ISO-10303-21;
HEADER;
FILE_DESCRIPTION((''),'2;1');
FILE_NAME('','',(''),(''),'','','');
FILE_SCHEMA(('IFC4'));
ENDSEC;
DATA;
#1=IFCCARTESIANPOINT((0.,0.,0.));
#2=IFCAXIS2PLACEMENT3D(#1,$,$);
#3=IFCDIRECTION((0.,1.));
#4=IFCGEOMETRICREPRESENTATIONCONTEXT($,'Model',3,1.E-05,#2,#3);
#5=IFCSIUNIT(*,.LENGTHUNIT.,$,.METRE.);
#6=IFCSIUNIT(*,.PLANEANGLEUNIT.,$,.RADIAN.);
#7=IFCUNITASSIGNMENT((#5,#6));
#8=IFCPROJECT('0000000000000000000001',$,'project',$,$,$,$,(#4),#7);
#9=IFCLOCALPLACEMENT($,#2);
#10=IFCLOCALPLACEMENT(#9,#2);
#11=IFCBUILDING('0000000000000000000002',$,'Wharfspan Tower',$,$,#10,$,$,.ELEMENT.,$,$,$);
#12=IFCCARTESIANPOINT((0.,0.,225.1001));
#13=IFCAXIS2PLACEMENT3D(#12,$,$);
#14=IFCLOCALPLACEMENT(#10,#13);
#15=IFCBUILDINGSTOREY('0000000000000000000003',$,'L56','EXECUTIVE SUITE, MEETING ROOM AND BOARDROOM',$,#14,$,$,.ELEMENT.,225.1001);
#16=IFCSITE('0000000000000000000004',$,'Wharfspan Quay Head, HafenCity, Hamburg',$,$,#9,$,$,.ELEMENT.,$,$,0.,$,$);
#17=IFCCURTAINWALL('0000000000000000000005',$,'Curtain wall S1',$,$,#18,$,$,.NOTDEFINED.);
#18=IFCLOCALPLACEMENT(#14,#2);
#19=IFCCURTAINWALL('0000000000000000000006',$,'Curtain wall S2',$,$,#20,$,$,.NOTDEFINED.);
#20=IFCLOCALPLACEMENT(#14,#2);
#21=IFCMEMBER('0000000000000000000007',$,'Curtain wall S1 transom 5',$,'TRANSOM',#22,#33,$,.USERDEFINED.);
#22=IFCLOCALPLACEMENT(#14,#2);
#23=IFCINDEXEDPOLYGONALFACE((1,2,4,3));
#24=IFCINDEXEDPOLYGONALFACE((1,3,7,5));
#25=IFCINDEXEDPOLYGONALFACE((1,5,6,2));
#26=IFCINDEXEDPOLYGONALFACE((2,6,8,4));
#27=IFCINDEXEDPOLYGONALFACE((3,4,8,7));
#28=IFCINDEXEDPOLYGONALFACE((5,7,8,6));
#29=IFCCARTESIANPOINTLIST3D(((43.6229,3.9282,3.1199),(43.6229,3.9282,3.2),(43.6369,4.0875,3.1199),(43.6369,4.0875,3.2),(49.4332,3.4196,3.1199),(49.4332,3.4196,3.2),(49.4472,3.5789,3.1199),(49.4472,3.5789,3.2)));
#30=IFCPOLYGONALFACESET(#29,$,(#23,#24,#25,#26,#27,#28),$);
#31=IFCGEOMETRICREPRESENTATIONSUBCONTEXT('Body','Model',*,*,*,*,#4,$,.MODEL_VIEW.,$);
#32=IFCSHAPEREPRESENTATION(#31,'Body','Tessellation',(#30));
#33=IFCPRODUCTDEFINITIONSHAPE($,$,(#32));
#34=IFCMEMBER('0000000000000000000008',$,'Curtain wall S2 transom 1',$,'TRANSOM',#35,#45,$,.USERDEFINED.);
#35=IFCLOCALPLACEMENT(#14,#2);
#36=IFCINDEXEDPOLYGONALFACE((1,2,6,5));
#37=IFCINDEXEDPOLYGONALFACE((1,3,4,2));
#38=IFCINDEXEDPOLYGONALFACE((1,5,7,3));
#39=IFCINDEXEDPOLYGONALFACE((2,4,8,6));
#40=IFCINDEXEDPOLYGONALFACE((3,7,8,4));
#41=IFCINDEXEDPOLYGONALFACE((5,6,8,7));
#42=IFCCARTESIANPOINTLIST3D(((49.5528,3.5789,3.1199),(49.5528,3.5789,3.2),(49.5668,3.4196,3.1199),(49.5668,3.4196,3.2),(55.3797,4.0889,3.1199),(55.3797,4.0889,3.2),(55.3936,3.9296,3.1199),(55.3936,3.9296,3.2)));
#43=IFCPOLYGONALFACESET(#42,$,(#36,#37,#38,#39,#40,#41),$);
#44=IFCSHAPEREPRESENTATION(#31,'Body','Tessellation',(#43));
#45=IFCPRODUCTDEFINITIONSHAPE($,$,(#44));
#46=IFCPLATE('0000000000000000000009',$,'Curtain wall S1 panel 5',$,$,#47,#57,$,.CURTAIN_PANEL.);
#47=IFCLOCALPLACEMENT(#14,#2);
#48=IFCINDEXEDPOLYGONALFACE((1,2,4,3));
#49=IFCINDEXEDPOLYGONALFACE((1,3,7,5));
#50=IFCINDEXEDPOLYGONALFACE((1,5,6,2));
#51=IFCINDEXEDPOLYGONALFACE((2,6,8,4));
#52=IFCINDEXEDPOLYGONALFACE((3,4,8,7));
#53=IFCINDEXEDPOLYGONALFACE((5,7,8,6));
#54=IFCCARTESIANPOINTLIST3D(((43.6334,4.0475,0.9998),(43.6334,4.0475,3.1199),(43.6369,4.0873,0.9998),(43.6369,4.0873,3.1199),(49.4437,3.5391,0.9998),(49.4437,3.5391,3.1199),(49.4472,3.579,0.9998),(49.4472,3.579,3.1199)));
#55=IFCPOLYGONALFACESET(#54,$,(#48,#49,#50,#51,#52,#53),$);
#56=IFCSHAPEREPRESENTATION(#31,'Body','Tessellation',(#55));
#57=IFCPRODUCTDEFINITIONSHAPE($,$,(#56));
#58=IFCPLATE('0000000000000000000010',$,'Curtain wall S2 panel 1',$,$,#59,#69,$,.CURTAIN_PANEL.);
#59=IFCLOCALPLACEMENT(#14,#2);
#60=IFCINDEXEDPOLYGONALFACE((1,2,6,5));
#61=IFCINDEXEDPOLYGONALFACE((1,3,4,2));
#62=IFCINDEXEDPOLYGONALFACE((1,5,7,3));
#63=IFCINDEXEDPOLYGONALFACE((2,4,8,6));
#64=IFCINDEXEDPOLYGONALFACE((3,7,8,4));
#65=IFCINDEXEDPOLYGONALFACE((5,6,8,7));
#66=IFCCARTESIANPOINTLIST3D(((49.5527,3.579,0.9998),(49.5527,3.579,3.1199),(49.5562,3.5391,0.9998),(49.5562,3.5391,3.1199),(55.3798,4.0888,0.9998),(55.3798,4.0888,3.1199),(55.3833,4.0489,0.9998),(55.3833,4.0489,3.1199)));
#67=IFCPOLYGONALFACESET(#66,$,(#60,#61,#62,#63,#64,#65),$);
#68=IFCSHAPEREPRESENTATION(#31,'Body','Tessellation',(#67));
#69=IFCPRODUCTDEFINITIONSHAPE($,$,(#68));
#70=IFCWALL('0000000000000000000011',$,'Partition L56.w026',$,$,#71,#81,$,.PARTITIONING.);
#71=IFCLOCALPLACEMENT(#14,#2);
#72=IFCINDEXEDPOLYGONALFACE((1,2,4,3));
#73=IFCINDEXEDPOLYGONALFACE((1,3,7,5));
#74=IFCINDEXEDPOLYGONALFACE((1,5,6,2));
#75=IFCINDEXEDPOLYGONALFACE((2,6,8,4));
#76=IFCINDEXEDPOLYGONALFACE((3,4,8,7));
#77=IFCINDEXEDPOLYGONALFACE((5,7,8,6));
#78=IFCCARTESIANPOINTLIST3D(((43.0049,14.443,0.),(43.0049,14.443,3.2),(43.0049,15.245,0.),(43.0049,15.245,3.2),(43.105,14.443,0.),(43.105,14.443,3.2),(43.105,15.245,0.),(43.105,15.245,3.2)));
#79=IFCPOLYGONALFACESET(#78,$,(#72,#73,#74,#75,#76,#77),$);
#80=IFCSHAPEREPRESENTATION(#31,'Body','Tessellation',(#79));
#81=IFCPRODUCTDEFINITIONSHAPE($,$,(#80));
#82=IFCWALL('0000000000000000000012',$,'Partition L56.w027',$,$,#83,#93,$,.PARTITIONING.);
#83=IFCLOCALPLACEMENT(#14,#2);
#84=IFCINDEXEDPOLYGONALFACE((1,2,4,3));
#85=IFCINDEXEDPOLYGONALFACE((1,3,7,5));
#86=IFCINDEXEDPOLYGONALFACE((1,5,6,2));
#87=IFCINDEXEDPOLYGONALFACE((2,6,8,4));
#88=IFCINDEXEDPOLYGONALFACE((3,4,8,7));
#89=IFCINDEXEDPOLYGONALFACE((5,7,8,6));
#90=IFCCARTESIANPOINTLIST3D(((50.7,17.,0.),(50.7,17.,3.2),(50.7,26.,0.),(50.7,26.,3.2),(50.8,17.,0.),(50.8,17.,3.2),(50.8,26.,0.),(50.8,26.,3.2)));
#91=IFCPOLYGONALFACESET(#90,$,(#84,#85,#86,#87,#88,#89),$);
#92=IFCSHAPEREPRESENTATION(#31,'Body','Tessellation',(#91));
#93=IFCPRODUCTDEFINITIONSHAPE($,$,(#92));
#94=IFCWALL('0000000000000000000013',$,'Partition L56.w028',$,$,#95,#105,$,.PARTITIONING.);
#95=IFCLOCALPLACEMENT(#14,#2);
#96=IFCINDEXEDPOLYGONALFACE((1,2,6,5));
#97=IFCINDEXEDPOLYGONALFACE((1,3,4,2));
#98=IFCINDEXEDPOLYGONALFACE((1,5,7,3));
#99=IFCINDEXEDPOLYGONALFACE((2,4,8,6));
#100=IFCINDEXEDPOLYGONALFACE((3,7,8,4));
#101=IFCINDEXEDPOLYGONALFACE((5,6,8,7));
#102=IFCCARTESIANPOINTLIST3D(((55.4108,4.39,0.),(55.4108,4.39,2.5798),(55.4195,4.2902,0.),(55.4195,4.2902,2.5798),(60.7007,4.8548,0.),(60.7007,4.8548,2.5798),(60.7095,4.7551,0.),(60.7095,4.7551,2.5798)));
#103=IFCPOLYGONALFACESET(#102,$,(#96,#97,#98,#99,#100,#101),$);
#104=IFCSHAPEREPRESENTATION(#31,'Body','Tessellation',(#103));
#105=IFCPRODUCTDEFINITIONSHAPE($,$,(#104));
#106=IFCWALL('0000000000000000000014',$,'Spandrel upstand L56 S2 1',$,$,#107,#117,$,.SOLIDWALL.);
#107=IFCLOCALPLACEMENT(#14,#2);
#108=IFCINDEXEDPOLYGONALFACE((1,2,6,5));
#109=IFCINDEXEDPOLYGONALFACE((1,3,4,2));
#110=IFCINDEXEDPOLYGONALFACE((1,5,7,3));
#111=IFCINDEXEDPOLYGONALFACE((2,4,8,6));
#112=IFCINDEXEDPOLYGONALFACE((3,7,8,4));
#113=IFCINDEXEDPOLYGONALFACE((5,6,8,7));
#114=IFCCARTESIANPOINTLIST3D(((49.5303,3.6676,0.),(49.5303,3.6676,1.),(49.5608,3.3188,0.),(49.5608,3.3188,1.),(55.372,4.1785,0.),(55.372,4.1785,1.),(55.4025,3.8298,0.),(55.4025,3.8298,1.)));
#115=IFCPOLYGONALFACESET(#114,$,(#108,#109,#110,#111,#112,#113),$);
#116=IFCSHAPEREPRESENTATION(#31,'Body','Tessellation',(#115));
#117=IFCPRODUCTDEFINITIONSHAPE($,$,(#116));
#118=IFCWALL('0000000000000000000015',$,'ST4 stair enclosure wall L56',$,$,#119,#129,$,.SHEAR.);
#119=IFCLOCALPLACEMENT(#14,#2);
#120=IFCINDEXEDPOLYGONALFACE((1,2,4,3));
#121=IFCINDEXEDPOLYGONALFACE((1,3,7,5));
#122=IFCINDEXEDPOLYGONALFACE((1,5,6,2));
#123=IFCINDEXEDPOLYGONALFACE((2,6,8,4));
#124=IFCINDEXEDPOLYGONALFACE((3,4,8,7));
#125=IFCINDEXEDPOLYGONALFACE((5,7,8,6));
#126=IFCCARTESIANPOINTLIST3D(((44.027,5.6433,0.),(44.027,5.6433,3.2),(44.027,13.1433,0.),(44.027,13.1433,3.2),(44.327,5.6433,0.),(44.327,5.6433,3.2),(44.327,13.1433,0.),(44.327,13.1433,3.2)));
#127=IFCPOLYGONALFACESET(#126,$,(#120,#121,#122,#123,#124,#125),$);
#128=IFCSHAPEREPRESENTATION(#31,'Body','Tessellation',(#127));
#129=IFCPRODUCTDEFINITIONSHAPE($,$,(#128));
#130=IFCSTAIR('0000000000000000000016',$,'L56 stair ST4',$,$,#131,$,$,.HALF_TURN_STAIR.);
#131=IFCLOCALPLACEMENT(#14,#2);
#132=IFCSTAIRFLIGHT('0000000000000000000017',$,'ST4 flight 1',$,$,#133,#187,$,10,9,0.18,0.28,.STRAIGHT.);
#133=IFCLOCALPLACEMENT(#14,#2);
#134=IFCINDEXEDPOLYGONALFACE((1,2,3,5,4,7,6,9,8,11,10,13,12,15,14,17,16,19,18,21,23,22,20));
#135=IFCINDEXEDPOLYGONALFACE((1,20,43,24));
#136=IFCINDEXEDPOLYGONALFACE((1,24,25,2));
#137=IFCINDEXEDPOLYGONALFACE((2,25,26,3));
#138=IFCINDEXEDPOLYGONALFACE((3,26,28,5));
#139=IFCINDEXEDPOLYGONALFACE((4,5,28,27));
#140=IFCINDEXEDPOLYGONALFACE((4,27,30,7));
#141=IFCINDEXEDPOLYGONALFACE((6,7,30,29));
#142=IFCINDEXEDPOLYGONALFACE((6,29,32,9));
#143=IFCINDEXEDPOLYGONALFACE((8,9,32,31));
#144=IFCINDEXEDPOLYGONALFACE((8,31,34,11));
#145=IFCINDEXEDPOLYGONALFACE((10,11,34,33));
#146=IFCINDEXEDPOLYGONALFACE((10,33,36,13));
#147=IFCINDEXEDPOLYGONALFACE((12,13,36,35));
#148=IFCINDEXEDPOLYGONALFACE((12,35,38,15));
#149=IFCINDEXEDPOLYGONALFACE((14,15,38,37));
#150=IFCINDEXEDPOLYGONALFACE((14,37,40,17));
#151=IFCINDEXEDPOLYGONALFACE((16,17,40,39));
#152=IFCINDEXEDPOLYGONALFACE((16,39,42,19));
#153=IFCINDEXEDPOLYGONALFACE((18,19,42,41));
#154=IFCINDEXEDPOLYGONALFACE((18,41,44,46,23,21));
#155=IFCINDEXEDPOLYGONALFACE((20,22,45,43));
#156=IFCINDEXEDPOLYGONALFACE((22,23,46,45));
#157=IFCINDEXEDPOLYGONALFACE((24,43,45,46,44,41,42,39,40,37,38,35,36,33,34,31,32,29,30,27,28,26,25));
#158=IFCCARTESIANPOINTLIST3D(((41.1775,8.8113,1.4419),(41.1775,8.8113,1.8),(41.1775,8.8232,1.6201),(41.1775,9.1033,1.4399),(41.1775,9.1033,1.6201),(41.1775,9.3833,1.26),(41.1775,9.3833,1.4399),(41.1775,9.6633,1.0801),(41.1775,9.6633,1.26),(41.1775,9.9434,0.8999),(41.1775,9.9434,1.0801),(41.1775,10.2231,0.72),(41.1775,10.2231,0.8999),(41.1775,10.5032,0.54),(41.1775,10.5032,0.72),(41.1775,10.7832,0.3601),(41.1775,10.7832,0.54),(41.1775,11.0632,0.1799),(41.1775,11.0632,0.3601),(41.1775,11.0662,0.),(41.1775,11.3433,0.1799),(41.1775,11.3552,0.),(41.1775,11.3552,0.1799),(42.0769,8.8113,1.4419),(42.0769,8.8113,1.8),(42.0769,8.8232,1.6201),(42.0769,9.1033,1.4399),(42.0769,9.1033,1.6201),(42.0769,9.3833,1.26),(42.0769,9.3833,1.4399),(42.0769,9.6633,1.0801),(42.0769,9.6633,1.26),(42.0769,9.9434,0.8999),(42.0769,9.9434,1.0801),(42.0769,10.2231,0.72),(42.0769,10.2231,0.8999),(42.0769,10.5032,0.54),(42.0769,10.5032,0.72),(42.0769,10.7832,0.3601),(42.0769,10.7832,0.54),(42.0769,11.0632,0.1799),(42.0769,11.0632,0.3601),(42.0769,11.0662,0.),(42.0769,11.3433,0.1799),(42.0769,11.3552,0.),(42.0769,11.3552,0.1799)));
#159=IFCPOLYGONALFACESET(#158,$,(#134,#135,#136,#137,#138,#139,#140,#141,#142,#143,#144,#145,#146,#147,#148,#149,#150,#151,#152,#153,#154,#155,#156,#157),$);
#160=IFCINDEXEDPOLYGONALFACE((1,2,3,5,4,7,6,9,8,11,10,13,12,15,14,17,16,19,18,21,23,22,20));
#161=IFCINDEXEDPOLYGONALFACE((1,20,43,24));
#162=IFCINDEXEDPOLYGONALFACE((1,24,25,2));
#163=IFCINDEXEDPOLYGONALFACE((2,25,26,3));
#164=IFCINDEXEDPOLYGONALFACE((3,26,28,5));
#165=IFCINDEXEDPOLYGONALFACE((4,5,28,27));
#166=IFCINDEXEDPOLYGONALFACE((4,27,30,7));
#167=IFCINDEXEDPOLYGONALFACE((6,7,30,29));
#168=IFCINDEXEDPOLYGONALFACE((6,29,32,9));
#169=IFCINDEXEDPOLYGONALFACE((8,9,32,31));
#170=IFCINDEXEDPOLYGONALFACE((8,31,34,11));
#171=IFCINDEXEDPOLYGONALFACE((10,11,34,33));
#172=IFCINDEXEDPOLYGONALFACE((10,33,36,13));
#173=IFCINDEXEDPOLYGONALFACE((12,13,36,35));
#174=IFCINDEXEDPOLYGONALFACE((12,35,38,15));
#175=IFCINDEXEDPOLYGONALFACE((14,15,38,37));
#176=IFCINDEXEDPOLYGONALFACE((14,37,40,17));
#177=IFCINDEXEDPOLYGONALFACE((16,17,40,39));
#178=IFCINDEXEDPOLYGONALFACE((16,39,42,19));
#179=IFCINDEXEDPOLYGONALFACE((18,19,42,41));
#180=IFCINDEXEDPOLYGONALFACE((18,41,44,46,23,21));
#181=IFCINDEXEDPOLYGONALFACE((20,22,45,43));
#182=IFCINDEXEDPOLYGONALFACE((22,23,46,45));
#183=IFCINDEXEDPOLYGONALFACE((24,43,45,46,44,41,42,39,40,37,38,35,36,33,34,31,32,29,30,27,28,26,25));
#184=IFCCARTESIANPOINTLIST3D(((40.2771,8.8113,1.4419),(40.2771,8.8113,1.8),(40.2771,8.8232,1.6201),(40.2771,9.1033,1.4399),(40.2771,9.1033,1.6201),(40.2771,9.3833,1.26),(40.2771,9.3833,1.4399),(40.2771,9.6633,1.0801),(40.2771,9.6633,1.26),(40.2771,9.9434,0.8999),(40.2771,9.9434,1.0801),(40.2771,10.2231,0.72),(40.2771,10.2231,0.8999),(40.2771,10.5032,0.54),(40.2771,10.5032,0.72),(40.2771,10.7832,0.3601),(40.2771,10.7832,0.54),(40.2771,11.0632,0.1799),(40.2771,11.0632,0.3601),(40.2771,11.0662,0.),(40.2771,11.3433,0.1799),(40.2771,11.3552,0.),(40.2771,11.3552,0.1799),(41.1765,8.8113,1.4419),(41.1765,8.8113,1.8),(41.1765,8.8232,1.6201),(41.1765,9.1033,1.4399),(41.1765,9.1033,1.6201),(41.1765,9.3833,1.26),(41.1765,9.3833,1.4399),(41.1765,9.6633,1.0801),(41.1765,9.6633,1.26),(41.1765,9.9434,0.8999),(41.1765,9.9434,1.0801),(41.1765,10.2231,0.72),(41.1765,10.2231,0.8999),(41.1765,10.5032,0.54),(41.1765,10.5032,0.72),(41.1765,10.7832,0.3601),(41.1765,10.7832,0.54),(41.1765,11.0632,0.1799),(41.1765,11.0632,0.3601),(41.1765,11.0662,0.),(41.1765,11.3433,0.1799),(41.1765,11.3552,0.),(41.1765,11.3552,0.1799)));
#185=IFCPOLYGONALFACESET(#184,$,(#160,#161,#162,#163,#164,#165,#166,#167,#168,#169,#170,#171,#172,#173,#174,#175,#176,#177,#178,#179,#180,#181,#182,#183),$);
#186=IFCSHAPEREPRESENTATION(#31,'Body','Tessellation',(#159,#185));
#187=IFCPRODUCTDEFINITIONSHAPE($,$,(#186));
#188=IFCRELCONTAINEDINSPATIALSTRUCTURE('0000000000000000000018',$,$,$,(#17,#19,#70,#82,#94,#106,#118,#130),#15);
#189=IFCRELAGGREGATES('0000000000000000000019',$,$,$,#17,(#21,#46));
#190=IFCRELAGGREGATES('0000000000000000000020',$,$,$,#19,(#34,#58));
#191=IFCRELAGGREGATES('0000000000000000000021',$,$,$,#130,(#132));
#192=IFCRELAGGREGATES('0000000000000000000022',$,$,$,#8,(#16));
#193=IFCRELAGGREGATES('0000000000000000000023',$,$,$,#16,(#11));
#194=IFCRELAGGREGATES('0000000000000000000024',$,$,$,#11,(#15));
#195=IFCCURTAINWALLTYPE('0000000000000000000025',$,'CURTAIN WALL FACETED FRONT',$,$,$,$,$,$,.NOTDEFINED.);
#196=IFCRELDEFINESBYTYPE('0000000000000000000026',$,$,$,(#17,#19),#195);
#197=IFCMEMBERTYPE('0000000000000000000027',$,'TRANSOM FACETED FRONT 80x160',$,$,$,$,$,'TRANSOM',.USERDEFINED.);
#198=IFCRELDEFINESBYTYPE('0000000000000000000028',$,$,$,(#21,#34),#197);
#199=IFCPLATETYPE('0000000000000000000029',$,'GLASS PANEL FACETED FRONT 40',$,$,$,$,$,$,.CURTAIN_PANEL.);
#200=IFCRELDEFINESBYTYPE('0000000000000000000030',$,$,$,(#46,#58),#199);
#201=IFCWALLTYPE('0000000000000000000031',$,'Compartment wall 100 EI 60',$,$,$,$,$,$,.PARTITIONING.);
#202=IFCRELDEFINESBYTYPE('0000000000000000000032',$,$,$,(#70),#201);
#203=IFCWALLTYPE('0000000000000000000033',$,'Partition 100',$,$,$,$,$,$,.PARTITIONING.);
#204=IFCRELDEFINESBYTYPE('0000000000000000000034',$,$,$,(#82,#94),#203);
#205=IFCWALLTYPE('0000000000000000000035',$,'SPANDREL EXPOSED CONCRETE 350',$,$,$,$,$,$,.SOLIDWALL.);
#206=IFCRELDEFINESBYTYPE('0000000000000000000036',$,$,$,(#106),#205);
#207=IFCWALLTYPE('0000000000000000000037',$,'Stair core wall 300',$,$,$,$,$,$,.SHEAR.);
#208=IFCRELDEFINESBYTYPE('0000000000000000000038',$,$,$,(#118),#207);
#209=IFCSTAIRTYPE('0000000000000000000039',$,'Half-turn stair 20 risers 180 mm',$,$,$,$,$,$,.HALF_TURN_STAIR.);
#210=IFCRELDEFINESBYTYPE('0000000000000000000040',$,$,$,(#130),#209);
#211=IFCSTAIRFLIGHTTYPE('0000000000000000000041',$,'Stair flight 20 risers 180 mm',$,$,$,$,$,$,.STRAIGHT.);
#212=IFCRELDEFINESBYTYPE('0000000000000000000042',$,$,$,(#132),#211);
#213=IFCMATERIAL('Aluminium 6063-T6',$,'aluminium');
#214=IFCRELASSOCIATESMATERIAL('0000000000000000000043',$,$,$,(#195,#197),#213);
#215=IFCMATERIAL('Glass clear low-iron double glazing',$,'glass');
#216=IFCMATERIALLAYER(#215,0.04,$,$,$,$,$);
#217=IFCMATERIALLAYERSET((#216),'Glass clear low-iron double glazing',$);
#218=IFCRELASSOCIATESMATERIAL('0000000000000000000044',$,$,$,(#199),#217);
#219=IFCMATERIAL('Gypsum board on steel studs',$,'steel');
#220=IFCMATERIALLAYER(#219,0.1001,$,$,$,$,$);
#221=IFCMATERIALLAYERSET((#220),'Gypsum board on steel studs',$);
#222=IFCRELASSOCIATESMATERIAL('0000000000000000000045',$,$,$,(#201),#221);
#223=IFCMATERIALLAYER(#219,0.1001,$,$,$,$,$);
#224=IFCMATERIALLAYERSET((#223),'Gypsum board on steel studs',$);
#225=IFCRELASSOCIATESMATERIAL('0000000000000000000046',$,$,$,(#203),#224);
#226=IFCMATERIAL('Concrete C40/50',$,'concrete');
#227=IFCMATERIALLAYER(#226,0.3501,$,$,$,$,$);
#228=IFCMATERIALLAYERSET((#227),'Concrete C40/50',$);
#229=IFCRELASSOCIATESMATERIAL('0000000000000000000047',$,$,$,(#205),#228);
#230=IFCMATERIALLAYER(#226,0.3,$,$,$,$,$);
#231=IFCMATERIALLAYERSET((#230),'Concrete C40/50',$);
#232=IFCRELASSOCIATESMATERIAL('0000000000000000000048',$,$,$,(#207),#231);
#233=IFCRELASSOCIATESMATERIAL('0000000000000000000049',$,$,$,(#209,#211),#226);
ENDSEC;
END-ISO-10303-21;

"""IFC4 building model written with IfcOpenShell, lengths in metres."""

from ifc_helpers import new_model, si_unit, direction, frame, frame_2d, origin, origin_2d, place, context, subcontext, project, spatial, polyline, rectangle, outline, extrude, material, layer, layer_set, material_profile, profile_set, type_object, element, aggregate, save


model = new_model("IFC4")

# Units and contexts
model_context = context("Model", 3, precision=1e-05, world=origin(), true_north=direction((0.0, 1.0)))
body_context = subcontext(model_context, "Body", "Model", "MODEL_VIEW")
ifc_project = project(units=[si_unit("LENGTHUNIT", "METRE"), si_unit("PLANEANGLEUNIT", "RADIAN")], contexts=[model_context])

# Site, building, storey
site_placement = place(None, origin())
site = spatial("IfcSite", under=ifc_project, at=site_placement, Name="Wharfspan Quay Head, HafenCity, Hamburg", CompositionType="ELEMENT", RefElevation=0.0)
building_placement = place(site_placement, origin())
building = spatial("IfcBuilding", under=site, at=building_placement, Name="Wharfspan Tower", CompositionType="ELEMENT")
storey_placement = place(building_placement, frame((0.0, 0.0, 225.1001)))
storey = spatial("IfcBuildingStorey", under=building, at=storey_placement, Name="L56", Description="EXECUTIVE SUITE, MEETING ROOM AND BOARDROOM", CompositionType="ELEMENT", Elevation=225.1001)

# Curtain wall
ifc_material_1 = material(Name="Aluminium 6063-T6", Category="aluminium")
curtain_wall_type = type_object("IfcCurtainWallType", Name="CURTAIN WALL FACETED FRONT", PredefinedType="NOTDEFINED", material=ifc_material_1)
curtain_wall_1_placement = place(storey_placement, origin())
curtain_wall_1 = element("IfcCurtainWall", 1, at=curtain_wall_1_placement, inside=storey, type_object=curtain_wall_type, Name="Curtain wall S1", PredefinedType="NOTDEFINED")

# Curtain wall
curtain_wall_2_placement = place(storey_placement, origin())
curtain_wall_2 = element("IfcCurtainWall", 2, at=curtain_wall_2_placement, inside=storey, type_object=curtain_wall_type, Name="Curtain wall S2", PredefinedType="NOTDEFINED")

# Members
ifc_material_profile_1 = material_profile(ifc_material_1, rectangle(XDim=0.1599, YDim=0.0801, at=origin_2d()))
ifc_profile_set_1 = profile_set([ifc_material_profile_1], Name="Aluminium 6063-T6")
member_type_1 = type_object("IfcMemberType", Name="TRANSOM FACETED FRONT 80x160", ElementType="TRANSOM", PredefinedType="USERDEFINED", material=ifc_profile_set_1)
member_1_placement = place(storey_placement, frame((43.6299, 4.0078, 3.1599), z_axis=(0.996192, -0.087191, 0.0), x_axis=(0.087191, 0.996192, 0.0)))
member_1 = element("IfcMember", 3, at=member_1_placement, type_object=member_type_1, Name="Curtain wall S1 transom 5", ObjectType="TRANSOM", PredefinedType="USERDEFINED", context=body_context, shape_type="SweptSolid", body=[
    extrude(rectangle(XDim=0.1599, YDim=0.0801, at=origin_2d()), origin(), (0.0, 0.0, 1.0), 5.8325),
])
member_2_placement = place(storey_placement, frame((49.5598, 3.4993, 3.1599), z_axis=(0.996191, 0.087193, 0.0), x_axis=(-0.087193, 0.996191, 0.0)))
member_2 = element("IfcMember", 4, at=member_2_placement, type_object=member_type_1, Name="Curtain wall S2 transom 1", ObjectType="TRANSOM", PredefinedType="USERDEFINED", context=body_context, shape_type="SweptSolid", body=[
    extrude(rectangle(XDim=0.1599, YDim=0.0801, at=origin_2d()), origin(), (0.0, 0.0, 1.0), 5.8491),
])

# Plates
ifc_material_2 = material(Name="Glass clear low-iron double glazing", Category="glass")
ifc_layer_1 = layer(ifc_material_2, 0.04)
ifc_layer_set_1 = layer_set([ifc_layer_1], Name="Glass clear low-iron double glazing")
plate_type = type_object("IfcPlateType", Name="GLASS PANEL FACETED FRONT 40", PredefinedType="CURTAIN_PANEL", material=ifc_layer_set_1)
plate_1_placement = place(storey_placement, frame((46.5403, 3.8132, 0.9998), z_axis=(0.0, 0.0, 1.0), x_axis=(0.996197, -0.087156, 0.0)))
plate_1 = element("IfcPlate", 5, at=plate_1_placement, type_object=plate_type, Name="Curtain wall S1 panel 5", PredefinedType="CURTAIN_PANEL", context=body_context, shape_type="SweptSolid", body=[
    extrude(rectangle(XDim=5.8325, YDim=0.04, at=origin_2d()), origin(), (0.0, 0.0, 1.0), 2.1201),
])
aggregate(curtain_wall_1, [member_1, plate_1])
plate_2_placement = place(storey_placement, frame((52.468, 3.814, 0.9998), z_axis=(0.0, 0.0, 1.0), x_axis=(0.996197, 0.087156, 0.0)))
plate_2 = element("IfcPlate", 6, at=plate_2_placement, type_object=plate_type, Name="Curtain wall S2 panel 1", PredefinedType="CURTAIN_PANEL", context=body_context, shape_type="SweptSolid", body=[
    extrude(rectangle(XDim=5.8494, YDim=0.04, at=origin_2d()), origin(), (0.0, 0.0, 1.0), 2.1201),
])
aggregate(curtain_wall_2, [member_2, plate_2])

# Walls
ifc_material_3 = material(Name="Gypsum board on steel studs", Category="steel")
ifc_layer_2 = layer(ifc_material_3, 0.1001)
ifc_layer_set_2 = layer_set([ifc_layer_2], Name="Gypsum board on steel studs")
wall_type_1 = type_object("IfcWallType", Name="Compartment wall 100 EI 60", PredefinedType="PARTITIONING", material=ifc_layer_set_2)
wall_1_placement = place(storey_placement, frame((43.0549, 14.4431, 0.0), z_axis=(0.0, 0.0, 1.0), x_axis=(0.0, 1.0, 0.0)))
element("IfcWall", 7, at=wall_1_placement, inside=storey, type_object=wall_type_1, Name="Partition L56.w026", PredefinedType="PARTITIONING", context=body_context, shape_type="SweptSolid", body=[
    extrude(rectangle(XDim=0.802, YDim=0.1001, at=frame_2d((0.4009, 0.0))), origin(), (0.0, 0.0, 1.0), 3.2),
])
ifc_layer_3 = layer(ifc_material_3, 0.1001)
ifc_layer_set_3 = layer_set([ifc_layer_3], Name="Gypsum board on steel studs")
wall_type_2 = type_object("IfcWallType", Name="Partition 100", PredefinedType="PARTITIONING", material=ifc_layer_set_3)
wall_2_placement = place(storey_placement, frame((50.75, 17.0, 0.0), z_axis=(0.0, 0.0, 1.0), x_axis=(0.0, 1.0, 0.0)))
element("IfcWall", 8, at=wall_2_placement, inside=storey, type_object=wall_type_2, Name="Partition L56.w027", PredefinedType="PARTITIONING", context=body_context, shape_type="SweptSolid", body=[
    extrude(rectangle(XDim=9.0, YDim=0.1001, at=frame_2d((4.5, 0.0))), origin(), (0.0, 0.0, 1.0), 3.2),
])
wall_3_placement = place(storey_placement, frame((55.415, 4.3401, 0.0), z_axis=(0.0, 0.0, 1.0), x_axis=(0.996159, 0.087534, 0.0)))
element("IfcWall", 9, at=wall_3_placement, inside=storey, type_object=wall_type_2, Name="Partition L56.w028", PredefinedType="PARTITIONING", context=body_context, shape_type="SweptSolid", body=[
    extrude(rectangle(XDim=5.3103, YDim=0.1001, at=frame_2d((2.6553, 0.0))), origin(), (0.0, 0.0, 1.0), 2.5798),
])
ifc_material_4 = material(Name="Concrete C40/50", Category="concrete")
ifc_layer_4 = layer(ifc_material_4, 0.3501)
ifc_layer_set_4 = layer_set([ifc_layer_4], Name="Concrete C40/50")
wall_type_3 = type_object("IfcWallType", Name="SPANDREL EXPOSED CONCRETE 350", PredefinedType="SOLIDWALL", material=ifc_layer_set_4)
wall_4_placement = place(storey_placement, frame((49.5454, 3.4932, 0.0), z_axis=(0.0, 0.0, 1.0), x_axis=(0.996196, 0.087138, 0.0)))
element("IfcWall", 10, at=wall_4_placement, inside=storey, type_object=wall_type_3, Name="Spandrel upstand L56 S2 1", PredefinedType="SOLIDWALL", context=body_context, shape_type="SweptSolid", body=[
    extrude(rectangle(XDim=5.864, YDim=0.3501, at=frame_2d((2.9321, 0.0))), origin(), (0.0, 0.0, 1.0), 1.0),
])
ifc_layer_5 = layer(ifc_material_4, 0.3)
ifc_layer_set_5 = layer_set([ifc_layer_5], Name="Concrete C40/50")
wall_type_4 = type_object("IfcWallType", Name="Stair core wall 300", PredefinedType="SHEAR", material=ifc_layer_set_5)
wall_5_placement = place(storey_placement, frame((44.177, 5.6433, 0.0), z_axis=(0.0, 0.0, 1.0), x_axis=(0.0, 1.0, 0.0)))
element("IfcWall", 11, at=wall_5_placement, inside=storey, type_object=wall_type_4, Name="ST4 stair enclosure wall L56", PredefinedType="SHEAR", context=body_context, shape_type="SweptSolid", body=[
    extrude(rectangle(XDim=7.5, YDim=0.3, at=frame_2d((3.75, 0.0))), origin(), (0.0, 0.0, 1.0), 3.2),
])

# Stair, stair flight
stair_type = type_object("IfcStairType", Name="Half-turn stair 20 risers 180 mm", PredefinedType="HALF_TURN_STAIR", material=ifc_material_4)
stair_placement = place(storey_placement, origin())
stair = element("IfcStair", 12, at=stair_placement, inside=storey, type_object=stair_type, Name="L56 stair ST4", PredefinedType="HALF_TURN_STAIR")
stair_flight_type = type_object("IfcStairFlightType", Name="Stair flight 20 risers 180 mm", PredefinedType="STRAIGHT", material=ifc_material_4)
stair_flight_1_placement = place(storey_placement, frame((41.177, 11.3433, 0.0), z_axis=(0.0, 0.0, 1.0), x_axis=(0.0, -1.0, 0.0)))
stair_flight_1 = element("IfcStairFlight", 13, at=stair_flight_1_placement, type_object=stair_flight_type, Name="ST4 flight 1", NumberOfRisers=10, NumberOfTreads=9, PredefinedType="STRAIGHT", RiserHeight=0.18, TreadLength=0.28, context=body_context, shape_type="SweptSolid", body=[
    extrude(outline(polyline([(-0.012, 0.0), (-0.012, 0.1799), (0.0, 0.1799), (0.28, 0.1799), (0.28, 0.3601), (0.5601, 0.3601), (0.5601, 0.54), (0.8401, 0.54), (0.8401, 0.72), (1.1201, 0.72), (1.1201, 0.8999), (1.3999, 0.8999), (1.3999, 1.0801), (1.6799, 1.0801), (1.6799, 1.26), (1.96, 1.26), (1.96, 1.4399), (2.24, 1.4399), (2.24, 1.6201), (2.52, 1.6201), (2.532, 1.8), (2.532, 1.4419), (0.2771, 0.0), (-0.012, 0.0)])), frame((0.0, 0.8999, 0.0), z_axis=(0.0, -1.0, 0.0), x_axis=(1.0, 0.0, 0.0)), (0.0, 0.0, 1.0), 0.8994),
    extrude(outline(polyline([(-0.012, 0.0), (-0.012, 0.1799), (0.0, 0.1799), (0.28, 0.1799), (0.28, 0.3601), (0.5601, 0.3601), (0.5601, 0.54), (0.8401, 0.54), (0.8401, 0.72), (1.1201, 0.72), (1.1201, 0.8999), (1.3999, 0.8999), (1.3999, 1.0801), (1.6799, 1.0801), (1.6799, 1.26), (1.96, 1.26), (1.96, 1.4399), (2.24, 1.4399), (2.24, 1.6201), (2.52, 1.6201), (2.532, 1.8), (2.532, 1.4419), (0.2771, 0.0), (-0.012, 0.0)])), frame((0.0, -0.0005, 0.0), z_axis=(0.0, -1.0, 0.0), x_axis=(1.0, 0.0, 0.0)), (0.0, 0.0, 1.0), 0.8994),
])
aggregate(stair, [stair_flight_1])

save(model, "model.ifc")
